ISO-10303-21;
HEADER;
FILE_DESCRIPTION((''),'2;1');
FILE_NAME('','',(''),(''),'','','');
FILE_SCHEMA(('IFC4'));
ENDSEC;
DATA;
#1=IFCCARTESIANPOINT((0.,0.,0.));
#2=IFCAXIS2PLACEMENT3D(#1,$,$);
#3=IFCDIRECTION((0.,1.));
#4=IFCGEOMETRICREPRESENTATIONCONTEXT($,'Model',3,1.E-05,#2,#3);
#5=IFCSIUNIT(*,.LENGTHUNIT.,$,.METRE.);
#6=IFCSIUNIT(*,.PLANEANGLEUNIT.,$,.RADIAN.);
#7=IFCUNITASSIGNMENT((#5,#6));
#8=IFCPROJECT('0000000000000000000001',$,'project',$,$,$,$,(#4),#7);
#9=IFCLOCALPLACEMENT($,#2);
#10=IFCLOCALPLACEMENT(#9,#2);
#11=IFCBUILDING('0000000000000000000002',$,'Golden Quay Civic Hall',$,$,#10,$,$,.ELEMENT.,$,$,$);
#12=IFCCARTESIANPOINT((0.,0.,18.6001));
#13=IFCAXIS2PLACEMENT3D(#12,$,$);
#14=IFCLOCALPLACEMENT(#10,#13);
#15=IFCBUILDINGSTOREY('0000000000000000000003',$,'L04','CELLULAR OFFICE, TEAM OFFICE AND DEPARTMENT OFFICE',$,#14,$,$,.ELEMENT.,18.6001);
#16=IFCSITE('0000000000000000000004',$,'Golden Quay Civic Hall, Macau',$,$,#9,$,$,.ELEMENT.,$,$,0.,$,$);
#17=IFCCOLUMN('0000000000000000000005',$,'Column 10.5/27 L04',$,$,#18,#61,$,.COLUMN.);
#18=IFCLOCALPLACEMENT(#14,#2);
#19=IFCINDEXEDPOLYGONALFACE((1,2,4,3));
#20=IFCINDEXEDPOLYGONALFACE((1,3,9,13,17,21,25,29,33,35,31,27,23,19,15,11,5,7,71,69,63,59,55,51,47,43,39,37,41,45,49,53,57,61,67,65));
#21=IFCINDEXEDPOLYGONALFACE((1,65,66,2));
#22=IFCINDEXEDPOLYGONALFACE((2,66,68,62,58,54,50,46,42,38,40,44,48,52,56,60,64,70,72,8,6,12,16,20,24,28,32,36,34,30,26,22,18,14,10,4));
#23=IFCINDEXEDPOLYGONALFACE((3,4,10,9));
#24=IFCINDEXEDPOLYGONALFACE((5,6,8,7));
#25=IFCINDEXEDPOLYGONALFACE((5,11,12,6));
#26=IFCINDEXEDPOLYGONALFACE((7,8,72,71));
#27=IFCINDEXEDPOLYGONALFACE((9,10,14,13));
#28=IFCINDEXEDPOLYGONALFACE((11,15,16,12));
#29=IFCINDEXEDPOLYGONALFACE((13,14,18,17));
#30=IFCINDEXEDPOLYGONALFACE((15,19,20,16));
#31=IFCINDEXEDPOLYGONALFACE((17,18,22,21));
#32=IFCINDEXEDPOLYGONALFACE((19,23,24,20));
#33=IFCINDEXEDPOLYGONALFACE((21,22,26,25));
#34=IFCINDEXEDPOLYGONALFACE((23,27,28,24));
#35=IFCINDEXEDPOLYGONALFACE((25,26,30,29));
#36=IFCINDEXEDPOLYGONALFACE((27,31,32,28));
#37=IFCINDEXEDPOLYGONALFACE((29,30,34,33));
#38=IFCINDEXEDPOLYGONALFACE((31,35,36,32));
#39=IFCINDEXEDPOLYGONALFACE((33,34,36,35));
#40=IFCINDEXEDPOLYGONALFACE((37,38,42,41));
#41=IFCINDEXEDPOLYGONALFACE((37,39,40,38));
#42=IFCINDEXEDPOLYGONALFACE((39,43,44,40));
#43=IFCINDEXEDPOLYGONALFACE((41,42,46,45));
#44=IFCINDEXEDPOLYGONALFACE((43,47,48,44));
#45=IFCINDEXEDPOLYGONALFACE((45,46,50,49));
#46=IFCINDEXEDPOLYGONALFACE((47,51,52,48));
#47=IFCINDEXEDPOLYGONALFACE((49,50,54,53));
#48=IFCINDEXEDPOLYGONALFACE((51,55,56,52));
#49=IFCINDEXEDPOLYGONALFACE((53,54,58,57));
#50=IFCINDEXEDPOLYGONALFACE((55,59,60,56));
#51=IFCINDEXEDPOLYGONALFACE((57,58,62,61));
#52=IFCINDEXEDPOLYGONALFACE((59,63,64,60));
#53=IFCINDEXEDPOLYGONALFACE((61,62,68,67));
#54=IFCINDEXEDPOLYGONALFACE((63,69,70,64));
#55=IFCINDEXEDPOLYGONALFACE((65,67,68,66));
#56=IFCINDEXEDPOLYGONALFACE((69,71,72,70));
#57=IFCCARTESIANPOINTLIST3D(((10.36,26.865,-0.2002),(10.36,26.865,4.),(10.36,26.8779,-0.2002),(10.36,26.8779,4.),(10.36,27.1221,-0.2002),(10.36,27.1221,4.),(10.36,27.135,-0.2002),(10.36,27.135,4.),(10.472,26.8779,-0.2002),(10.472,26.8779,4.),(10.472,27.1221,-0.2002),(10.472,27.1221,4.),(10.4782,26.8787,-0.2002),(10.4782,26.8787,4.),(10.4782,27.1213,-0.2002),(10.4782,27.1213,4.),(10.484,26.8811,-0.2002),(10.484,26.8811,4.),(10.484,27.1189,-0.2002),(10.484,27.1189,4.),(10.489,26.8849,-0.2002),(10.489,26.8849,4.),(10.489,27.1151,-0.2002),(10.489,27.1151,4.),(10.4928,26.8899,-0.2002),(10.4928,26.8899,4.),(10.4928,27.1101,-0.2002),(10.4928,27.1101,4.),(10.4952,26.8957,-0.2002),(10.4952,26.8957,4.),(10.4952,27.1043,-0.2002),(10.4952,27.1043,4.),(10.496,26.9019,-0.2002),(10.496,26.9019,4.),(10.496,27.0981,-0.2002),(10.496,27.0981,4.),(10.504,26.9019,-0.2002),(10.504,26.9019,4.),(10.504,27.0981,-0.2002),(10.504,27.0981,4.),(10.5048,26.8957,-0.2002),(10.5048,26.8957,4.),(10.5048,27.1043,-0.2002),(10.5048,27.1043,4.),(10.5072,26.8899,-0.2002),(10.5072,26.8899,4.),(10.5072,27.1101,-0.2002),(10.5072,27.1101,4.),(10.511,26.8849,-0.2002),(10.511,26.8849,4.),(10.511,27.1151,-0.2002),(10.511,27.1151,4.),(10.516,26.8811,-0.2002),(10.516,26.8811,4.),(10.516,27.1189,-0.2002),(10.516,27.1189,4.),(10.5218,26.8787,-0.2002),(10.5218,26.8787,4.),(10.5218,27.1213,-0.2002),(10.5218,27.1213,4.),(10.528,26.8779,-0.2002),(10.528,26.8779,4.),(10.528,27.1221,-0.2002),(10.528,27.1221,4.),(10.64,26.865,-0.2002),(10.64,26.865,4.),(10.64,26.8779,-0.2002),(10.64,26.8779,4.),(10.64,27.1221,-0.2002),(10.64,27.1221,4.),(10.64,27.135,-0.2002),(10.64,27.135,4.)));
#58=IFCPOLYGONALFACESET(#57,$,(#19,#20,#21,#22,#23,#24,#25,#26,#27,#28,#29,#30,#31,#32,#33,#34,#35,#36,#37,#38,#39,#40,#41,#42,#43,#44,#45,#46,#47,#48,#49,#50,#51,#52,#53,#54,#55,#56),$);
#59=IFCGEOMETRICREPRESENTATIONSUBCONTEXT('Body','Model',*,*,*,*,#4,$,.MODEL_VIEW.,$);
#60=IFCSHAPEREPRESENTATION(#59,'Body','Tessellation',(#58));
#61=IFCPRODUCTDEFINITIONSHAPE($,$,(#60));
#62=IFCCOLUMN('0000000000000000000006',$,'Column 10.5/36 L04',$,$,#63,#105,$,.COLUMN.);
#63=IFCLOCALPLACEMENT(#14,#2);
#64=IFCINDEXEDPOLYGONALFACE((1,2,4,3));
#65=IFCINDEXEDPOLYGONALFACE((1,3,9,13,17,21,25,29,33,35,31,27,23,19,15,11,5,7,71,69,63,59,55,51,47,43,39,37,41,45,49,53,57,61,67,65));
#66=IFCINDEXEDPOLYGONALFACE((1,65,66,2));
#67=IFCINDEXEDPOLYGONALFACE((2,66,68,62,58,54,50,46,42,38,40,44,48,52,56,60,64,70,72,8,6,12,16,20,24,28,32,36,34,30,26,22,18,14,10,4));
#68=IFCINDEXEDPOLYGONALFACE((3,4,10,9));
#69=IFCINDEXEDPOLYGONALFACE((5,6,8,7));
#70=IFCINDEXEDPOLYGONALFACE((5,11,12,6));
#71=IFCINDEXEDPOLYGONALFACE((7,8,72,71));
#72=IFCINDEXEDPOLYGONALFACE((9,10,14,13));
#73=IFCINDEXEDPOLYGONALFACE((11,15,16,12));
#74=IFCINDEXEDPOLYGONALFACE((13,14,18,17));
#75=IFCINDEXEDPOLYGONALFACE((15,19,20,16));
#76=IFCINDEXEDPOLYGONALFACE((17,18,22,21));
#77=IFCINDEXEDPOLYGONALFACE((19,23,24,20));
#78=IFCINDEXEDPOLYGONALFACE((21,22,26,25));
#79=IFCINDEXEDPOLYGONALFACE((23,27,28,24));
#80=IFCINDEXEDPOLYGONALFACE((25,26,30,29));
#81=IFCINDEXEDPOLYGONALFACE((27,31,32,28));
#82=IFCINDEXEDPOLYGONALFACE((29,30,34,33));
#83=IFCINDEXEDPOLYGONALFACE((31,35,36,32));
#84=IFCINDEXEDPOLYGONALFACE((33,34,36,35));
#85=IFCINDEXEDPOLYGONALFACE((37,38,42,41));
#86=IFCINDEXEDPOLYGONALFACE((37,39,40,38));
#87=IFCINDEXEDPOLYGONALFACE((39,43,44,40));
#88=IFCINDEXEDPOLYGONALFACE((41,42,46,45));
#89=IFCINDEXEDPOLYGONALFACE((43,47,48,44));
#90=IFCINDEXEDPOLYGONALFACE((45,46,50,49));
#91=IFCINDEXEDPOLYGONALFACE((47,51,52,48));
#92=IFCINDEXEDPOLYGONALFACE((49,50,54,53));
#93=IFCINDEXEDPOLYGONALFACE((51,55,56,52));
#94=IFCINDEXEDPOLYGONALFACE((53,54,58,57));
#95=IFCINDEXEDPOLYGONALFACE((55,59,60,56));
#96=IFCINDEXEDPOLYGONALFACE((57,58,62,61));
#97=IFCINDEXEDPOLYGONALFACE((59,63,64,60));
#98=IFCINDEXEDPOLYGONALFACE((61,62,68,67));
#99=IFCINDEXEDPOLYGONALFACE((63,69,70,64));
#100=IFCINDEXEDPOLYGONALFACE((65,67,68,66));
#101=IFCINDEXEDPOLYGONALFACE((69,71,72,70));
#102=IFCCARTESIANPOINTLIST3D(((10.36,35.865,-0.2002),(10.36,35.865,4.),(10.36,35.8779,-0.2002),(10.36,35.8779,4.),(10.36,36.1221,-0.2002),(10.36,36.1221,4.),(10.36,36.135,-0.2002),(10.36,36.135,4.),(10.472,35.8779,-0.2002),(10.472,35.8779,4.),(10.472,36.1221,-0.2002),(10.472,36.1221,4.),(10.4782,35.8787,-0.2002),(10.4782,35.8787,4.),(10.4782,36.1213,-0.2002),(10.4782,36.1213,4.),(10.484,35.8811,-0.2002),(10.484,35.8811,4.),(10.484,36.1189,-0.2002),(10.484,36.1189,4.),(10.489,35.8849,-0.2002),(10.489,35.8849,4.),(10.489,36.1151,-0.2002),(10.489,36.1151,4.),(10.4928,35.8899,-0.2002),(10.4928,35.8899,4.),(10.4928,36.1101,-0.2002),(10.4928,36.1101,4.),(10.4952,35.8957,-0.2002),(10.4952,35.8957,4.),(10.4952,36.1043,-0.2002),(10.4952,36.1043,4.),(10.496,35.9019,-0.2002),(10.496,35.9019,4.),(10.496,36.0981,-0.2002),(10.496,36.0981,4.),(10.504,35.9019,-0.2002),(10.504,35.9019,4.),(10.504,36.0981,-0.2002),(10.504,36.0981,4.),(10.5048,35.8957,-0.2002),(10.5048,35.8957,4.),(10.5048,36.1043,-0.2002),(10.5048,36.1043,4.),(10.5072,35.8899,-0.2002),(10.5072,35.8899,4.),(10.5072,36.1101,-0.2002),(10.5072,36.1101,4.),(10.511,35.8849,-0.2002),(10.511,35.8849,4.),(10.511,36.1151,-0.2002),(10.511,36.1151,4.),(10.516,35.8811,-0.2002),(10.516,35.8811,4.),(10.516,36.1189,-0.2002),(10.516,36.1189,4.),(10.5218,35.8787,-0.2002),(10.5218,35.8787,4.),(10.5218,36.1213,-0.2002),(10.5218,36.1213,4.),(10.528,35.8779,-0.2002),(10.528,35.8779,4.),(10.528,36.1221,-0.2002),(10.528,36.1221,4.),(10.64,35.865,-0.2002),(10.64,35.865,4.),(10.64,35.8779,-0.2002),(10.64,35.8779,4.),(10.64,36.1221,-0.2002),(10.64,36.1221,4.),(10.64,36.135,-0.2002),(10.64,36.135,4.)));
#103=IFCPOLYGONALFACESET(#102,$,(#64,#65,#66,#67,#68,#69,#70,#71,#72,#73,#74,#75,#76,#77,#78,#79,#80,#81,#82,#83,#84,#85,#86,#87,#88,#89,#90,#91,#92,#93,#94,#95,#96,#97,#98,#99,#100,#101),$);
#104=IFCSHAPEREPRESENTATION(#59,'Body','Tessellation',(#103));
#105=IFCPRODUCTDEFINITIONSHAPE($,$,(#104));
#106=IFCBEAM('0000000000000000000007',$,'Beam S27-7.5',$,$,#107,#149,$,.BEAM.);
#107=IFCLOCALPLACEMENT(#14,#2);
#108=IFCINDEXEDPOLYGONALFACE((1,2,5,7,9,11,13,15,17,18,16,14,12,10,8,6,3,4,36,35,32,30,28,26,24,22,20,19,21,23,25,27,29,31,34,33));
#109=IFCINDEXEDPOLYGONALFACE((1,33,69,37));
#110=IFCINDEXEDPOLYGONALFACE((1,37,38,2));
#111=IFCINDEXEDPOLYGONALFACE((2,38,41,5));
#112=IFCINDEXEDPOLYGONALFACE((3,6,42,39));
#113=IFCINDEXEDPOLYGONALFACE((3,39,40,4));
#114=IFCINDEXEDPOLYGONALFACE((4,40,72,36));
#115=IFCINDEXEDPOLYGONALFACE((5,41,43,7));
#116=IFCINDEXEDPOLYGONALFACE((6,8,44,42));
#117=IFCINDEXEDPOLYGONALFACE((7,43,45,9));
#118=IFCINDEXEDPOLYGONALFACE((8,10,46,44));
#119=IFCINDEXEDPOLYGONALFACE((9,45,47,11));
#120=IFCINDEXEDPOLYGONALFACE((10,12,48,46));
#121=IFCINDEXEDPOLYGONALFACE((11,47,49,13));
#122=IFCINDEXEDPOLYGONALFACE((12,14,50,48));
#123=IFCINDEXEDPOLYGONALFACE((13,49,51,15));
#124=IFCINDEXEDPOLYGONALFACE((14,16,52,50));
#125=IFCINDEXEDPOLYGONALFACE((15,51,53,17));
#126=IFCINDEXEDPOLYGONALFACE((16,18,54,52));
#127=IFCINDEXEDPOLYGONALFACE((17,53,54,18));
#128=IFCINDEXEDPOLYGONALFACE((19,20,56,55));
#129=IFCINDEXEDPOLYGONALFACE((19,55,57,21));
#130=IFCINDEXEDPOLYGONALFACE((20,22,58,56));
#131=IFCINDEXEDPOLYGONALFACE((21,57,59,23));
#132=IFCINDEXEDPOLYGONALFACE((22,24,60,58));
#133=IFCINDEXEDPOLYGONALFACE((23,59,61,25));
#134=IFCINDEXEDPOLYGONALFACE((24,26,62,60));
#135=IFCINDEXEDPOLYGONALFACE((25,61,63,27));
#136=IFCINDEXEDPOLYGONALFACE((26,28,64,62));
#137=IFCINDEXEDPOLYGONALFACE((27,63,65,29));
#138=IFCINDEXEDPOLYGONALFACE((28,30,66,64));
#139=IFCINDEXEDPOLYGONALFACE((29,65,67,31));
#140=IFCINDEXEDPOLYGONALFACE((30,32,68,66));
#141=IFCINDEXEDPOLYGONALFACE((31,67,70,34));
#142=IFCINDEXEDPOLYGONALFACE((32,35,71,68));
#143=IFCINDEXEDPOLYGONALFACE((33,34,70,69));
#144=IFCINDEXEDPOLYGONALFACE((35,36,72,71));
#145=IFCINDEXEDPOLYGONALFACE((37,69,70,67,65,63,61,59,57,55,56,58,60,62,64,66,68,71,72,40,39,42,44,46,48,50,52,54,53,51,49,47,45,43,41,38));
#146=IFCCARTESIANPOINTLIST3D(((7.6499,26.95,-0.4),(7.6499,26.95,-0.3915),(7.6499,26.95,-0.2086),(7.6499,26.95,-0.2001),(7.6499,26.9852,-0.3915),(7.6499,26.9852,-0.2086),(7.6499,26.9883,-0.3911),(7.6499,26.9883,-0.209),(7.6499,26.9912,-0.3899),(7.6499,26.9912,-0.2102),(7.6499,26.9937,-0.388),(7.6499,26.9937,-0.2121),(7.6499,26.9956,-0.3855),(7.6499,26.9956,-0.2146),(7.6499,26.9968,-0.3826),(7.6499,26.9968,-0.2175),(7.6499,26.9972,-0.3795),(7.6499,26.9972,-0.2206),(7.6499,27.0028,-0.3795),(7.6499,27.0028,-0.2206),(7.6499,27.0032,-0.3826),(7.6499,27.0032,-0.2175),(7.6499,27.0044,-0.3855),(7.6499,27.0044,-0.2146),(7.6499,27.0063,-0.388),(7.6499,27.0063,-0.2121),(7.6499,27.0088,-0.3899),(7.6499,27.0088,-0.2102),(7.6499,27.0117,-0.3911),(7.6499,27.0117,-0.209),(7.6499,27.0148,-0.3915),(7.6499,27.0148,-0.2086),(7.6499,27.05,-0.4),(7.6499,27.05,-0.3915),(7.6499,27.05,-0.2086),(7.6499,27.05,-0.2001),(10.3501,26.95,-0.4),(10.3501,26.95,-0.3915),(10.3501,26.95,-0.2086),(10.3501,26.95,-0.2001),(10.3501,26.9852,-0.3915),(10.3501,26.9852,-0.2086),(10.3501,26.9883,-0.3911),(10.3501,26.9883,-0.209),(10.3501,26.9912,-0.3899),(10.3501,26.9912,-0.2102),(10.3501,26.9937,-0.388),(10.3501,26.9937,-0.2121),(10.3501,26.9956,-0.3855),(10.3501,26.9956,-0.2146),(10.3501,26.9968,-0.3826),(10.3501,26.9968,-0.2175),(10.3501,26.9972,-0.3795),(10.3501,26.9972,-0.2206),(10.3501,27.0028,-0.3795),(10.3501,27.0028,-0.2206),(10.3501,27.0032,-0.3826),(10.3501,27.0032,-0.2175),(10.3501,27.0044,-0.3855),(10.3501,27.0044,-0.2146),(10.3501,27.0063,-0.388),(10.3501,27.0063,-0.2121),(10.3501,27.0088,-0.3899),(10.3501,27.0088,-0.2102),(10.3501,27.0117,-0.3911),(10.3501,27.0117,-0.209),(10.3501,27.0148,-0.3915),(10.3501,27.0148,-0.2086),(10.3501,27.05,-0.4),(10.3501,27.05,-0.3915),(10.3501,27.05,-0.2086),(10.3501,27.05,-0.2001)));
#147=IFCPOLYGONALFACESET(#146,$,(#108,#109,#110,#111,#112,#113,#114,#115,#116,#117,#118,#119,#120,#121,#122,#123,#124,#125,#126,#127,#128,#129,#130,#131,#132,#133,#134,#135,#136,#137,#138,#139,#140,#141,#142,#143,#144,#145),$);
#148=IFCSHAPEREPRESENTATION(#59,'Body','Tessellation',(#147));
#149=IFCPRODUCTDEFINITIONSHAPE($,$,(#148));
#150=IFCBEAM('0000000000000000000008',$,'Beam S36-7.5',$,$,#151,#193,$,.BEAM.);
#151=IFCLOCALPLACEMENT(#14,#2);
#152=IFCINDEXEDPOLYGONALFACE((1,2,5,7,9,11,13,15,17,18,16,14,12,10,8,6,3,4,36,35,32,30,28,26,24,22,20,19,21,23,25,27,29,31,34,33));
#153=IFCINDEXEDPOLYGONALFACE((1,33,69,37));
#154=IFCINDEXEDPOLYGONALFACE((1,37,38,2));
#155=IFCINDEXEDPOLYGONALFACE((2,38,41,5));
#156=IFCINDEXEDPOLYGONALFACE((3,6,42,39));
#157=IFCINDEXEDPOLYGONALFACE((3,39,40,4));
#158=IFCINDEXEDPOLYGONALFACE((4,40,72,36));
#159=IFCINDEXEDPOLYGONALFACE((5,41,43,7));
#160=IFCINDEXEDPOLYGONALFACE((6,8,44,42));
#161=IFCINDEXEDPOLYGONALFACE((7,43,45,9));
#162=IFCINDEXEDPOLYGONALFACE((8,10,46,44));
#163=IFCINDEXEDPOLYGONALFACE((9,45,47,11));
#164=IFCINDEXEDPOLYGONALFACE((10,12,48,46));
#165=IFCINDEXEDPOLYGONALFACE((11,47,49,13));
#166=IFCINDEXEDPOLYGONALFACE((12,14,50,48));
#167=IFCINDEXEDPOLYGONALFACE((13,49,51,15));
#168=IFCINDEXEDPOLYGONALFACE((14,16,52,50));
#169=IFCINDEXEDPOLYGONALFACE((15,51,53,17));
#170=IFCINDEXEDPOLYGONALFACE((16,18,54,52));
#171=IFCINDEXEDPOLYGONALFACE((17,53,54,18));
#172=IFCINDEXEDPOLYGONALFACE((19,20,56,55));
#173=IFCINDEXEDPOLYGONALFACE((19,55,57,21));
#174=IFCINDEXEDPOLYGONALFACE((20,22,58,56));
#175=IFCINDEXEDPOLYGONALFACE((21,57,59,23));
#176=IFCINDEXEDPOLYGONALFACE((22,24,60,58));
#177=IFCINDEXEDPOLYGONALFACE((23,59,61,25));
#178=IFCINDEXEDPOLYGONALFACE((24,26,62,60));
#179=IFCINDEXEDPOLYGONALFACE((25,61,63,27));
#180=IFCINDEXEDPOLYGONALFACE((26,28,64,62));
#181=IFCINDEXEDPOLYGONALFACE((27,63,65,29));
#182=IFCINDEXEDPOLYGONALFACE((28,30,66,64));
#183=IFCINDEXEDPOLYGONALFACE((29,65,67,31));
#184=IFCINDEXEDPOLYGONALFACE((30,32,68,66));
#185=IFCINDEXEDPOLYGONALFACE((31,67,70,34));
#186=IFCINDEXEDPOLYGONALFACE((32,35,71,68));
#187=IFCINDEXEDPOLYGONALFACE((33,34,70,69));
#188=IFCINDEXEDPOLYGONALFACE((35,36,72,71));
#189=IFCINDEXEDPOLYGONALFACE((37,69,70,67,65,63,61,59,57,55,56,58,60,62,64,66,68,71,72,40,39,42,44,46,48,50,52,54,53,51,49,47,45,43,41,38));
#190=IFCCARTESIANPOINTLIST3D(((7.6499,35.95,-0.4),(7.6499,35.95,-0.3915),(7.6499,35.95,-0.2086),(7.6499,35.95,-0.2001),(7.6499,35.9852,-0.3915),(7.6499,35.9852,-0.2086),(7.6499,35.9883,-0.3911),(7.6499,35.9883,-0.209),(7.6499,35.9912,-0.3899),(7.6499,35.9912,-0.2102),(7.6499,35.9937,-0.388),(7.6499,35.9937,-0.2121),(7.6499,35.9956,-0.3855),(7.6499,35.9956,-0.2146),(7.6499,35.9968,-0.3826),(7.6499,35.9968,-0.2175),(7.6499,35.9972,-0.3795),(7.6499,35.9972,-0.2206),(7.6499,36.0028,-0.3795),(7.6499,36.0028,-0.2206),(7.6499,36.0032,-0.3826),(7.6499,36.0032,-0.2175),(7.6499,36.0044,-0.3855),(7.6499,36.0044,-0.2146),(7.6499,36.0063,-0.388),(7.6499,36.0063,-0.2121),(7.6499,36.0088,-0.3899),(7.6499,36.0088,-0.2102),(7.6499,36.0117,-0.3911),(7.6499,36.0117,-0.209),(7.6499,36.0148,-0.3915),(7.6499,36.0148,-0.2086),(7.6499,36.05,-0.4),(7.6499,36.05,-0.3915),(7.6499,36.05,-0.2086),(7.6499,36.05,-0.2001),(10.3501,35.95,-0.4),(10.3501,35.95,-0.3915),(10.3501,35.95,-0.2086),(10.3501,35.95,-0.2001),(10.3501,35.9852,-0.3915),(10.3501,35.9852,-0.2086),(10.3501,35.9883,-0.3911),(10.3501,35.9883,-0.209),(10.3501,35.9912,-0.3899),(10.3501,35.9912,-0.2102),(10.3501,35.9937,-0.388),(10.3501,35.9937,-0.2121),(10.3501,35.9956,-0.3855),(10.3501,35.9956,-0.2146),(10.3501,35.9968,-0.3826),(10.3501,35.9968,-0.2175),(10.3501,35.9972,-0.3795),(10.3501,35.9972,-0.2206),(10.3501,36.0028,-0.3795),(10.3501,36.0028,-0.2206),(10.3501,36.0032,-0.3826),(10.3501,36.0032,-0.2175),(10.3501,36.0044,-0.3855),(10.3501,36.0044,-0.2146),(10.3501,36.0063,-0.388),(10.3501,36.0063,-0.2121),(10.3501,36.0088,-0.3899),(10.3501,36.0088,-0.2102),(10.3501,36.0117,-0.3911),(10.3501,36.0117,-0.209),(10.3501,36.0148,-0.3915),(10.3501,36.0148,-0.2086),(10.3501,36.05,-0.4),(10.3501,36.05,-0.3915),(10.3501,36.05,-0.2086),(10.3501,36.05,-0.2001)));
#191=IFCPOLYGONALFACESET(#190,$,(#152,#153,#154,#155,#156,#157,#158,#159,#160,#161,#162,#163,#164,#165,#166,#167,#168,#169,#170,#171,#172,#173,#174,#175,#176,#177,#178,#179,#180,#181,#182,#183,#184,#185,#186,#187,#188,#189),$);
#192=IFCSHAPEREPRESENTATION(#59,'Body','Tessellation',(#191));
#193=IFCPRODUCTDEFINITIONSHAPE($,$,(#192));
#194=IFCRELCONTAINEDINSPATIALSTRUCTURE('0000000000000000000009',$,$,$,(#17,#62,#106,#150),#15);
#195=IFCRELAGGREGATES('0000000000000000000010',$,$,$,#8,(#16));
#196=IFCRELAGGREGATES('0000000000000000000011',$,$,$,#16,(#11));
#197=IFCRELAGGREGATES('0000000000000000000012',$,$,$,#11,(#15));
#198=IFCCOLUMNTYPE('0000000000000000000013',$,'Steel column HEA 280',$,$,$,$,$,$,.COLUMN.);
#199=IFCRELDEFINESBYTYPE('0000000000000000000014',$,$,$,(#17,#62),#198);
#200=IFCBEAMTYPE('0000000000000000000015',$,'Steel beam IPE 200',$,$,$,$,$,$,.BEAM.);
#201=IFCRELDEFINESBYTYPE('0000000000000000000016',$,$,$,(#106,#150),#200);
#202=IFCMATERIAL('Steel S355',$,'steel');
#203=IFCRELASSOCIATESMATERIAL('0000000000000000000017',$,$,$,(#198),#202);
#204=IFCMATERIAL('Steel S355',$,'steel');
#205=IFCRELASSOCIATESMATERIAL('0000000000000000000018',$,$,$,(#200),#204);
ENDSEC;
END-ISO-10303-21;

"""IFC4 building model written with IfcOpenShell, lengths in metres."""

from ifc_helpers import new_model, si_unit, direction, frame, origin, origin_2d, place, context, subcontext, project, spatial, i_section, extrude, material, material_profile, profile_set, type_object, element, save


model = new_model("IFC4")

# Units and contexts
model_context = context("Model", 3, precision=1e-05, world=origin(), true_north=direction((0.0, 1.0)))
body_context = subcontext(model_context, "Body", "Model", "MODEL_VIEW")
ifc_project = project(units=[si_unit("LENGTHUNIT", "METRE"), si_unit("PLANEANGLEUNIT", "RADIAN")], contexts=[model_context])

# Site, building, storey
site_placement = place(None, origin())
site = spatial("IfcSite", under=ifc_project, at=site_placement, Name="Golden Quay Civic Hall, Macau", CompositionType="ELEMENT", RefElevation=0.0)
building_placement = place(site_placement, origin())
building = spatial("IfcBuilding", under=site, at=building_placement, Name="Golden Quay Civic Hall", CompositionType="ELEMENT")
storey_placement = place(building_placement, frame((0.0, 0.0, 18.6001)))
storey = spatial("IfcBuildingStorey", under=building, at=storey_placement, Name="L04", Description="CELLULAR OFFICE, TEAM OFFICE AND DEPARTMENT OFFICE", CompositionType="ELEMENT", Elevation=18.6001)

# Columns
ifc_material_1 = material(Name="Steel S355", Category="steel")
ifc_material_profile_1 = material_profile(ifc_material_1, i_section(OverallWidth=0.28, OverallDepth=0.27, WebThickness=0.0081, FlangeThickness=0.0129, FilletRadius=0.0239, at=origin_2d()), Name="HEA 280")
ifc_profile_set_1 = profile_set([ifc_material_profile_1], Name="Steel S355")
column_type = type_object("IfcColumnType", Name="Steel column HEA 280", PredefinedType="COLUMN", material=ifc_profile_set_1)
for number, where, z_axis, x_axis, name in (
    (1, (10.5, 27.0, -0.2002), (0.0, 0.0, 1.0), (1.0, 0.0, 0.0), "Column 10.5/27 L04"),
    (2, (10.5, 36.0, -0.2002), (0.0, 0.0, 1.0), (1.0, 0.0, 0.0), "Column 10.5/36 L04"),
):
    element("IfcColumn", number, at=place(storey_placement, frame(where, z_axis=z_axis, x_axis=x_axis)), inside=storey, type_object=column_type, Name=name, PredefinedType="COLUMN", context=body_context, shape_type="SweptSolid", body=[
        extrude(i_section(OverallWidth=0.28, OverallDepth=0.27, WebThickness=0.0081, FlangeThickness=0.0129, FilletRadius=0.0239, at=origin_2d()), origin(), (0.0, 0.0, 1.0), 4.2002),
    ])

# Beams
ifc_material_2 = material(Name="Steel S355", Category="steel")
ifc_material_profile_2 = material_profile(ifc_material_2, i_section(OverallWidth=0.1001, OverallDepth=0.2, WebThickness=0.0056, FlangeThickness=0.0085, FilletRadius=0.012, at=origin_2d()), Name="IPE 200")
ifc_profile_set_2 = profile_set([ifc_material_profile_2], Name="Steel S355")
beam_type_1 = type_object("IfcBeamType", Name="Steel beam IPE 200", PredefinedType="BEAM", material=ifc_profile_set_2)
for number, where, z_axis, x_axis, name in (
    (3, (7.6499, 27.0, -0.3), (1.0, 0.0, 0.0), (0.0, 1.0, 0.0), "Beam S27-7.5"),
    (4, (7.6499, 36.0, -0.3), (1.0, 0.0, 0.0), (0.0, 1.0, 0.0), "Beam S36-7.5"),
):
    element("IfcBeam", number, at=place(storey_placement, frame(where, z_axis=z_axis, x_axis=x_axis)), inside=storey, type_object=beam_type_1, Name=name, PredefinedType="BEAM", context=body_context, shape_type="SweptSolid", body=[
        extrude(i_section(OverallWidth=0.1001, OverallDepth=0.2, WebThickness=0.0056, FlangeThickness=0.0085, FilletRadius=0.012, at=origin_2d()), origin(), (0.0, 0.0, 1.0), 2.7002),
    ])

save(model, "model.ifc")
